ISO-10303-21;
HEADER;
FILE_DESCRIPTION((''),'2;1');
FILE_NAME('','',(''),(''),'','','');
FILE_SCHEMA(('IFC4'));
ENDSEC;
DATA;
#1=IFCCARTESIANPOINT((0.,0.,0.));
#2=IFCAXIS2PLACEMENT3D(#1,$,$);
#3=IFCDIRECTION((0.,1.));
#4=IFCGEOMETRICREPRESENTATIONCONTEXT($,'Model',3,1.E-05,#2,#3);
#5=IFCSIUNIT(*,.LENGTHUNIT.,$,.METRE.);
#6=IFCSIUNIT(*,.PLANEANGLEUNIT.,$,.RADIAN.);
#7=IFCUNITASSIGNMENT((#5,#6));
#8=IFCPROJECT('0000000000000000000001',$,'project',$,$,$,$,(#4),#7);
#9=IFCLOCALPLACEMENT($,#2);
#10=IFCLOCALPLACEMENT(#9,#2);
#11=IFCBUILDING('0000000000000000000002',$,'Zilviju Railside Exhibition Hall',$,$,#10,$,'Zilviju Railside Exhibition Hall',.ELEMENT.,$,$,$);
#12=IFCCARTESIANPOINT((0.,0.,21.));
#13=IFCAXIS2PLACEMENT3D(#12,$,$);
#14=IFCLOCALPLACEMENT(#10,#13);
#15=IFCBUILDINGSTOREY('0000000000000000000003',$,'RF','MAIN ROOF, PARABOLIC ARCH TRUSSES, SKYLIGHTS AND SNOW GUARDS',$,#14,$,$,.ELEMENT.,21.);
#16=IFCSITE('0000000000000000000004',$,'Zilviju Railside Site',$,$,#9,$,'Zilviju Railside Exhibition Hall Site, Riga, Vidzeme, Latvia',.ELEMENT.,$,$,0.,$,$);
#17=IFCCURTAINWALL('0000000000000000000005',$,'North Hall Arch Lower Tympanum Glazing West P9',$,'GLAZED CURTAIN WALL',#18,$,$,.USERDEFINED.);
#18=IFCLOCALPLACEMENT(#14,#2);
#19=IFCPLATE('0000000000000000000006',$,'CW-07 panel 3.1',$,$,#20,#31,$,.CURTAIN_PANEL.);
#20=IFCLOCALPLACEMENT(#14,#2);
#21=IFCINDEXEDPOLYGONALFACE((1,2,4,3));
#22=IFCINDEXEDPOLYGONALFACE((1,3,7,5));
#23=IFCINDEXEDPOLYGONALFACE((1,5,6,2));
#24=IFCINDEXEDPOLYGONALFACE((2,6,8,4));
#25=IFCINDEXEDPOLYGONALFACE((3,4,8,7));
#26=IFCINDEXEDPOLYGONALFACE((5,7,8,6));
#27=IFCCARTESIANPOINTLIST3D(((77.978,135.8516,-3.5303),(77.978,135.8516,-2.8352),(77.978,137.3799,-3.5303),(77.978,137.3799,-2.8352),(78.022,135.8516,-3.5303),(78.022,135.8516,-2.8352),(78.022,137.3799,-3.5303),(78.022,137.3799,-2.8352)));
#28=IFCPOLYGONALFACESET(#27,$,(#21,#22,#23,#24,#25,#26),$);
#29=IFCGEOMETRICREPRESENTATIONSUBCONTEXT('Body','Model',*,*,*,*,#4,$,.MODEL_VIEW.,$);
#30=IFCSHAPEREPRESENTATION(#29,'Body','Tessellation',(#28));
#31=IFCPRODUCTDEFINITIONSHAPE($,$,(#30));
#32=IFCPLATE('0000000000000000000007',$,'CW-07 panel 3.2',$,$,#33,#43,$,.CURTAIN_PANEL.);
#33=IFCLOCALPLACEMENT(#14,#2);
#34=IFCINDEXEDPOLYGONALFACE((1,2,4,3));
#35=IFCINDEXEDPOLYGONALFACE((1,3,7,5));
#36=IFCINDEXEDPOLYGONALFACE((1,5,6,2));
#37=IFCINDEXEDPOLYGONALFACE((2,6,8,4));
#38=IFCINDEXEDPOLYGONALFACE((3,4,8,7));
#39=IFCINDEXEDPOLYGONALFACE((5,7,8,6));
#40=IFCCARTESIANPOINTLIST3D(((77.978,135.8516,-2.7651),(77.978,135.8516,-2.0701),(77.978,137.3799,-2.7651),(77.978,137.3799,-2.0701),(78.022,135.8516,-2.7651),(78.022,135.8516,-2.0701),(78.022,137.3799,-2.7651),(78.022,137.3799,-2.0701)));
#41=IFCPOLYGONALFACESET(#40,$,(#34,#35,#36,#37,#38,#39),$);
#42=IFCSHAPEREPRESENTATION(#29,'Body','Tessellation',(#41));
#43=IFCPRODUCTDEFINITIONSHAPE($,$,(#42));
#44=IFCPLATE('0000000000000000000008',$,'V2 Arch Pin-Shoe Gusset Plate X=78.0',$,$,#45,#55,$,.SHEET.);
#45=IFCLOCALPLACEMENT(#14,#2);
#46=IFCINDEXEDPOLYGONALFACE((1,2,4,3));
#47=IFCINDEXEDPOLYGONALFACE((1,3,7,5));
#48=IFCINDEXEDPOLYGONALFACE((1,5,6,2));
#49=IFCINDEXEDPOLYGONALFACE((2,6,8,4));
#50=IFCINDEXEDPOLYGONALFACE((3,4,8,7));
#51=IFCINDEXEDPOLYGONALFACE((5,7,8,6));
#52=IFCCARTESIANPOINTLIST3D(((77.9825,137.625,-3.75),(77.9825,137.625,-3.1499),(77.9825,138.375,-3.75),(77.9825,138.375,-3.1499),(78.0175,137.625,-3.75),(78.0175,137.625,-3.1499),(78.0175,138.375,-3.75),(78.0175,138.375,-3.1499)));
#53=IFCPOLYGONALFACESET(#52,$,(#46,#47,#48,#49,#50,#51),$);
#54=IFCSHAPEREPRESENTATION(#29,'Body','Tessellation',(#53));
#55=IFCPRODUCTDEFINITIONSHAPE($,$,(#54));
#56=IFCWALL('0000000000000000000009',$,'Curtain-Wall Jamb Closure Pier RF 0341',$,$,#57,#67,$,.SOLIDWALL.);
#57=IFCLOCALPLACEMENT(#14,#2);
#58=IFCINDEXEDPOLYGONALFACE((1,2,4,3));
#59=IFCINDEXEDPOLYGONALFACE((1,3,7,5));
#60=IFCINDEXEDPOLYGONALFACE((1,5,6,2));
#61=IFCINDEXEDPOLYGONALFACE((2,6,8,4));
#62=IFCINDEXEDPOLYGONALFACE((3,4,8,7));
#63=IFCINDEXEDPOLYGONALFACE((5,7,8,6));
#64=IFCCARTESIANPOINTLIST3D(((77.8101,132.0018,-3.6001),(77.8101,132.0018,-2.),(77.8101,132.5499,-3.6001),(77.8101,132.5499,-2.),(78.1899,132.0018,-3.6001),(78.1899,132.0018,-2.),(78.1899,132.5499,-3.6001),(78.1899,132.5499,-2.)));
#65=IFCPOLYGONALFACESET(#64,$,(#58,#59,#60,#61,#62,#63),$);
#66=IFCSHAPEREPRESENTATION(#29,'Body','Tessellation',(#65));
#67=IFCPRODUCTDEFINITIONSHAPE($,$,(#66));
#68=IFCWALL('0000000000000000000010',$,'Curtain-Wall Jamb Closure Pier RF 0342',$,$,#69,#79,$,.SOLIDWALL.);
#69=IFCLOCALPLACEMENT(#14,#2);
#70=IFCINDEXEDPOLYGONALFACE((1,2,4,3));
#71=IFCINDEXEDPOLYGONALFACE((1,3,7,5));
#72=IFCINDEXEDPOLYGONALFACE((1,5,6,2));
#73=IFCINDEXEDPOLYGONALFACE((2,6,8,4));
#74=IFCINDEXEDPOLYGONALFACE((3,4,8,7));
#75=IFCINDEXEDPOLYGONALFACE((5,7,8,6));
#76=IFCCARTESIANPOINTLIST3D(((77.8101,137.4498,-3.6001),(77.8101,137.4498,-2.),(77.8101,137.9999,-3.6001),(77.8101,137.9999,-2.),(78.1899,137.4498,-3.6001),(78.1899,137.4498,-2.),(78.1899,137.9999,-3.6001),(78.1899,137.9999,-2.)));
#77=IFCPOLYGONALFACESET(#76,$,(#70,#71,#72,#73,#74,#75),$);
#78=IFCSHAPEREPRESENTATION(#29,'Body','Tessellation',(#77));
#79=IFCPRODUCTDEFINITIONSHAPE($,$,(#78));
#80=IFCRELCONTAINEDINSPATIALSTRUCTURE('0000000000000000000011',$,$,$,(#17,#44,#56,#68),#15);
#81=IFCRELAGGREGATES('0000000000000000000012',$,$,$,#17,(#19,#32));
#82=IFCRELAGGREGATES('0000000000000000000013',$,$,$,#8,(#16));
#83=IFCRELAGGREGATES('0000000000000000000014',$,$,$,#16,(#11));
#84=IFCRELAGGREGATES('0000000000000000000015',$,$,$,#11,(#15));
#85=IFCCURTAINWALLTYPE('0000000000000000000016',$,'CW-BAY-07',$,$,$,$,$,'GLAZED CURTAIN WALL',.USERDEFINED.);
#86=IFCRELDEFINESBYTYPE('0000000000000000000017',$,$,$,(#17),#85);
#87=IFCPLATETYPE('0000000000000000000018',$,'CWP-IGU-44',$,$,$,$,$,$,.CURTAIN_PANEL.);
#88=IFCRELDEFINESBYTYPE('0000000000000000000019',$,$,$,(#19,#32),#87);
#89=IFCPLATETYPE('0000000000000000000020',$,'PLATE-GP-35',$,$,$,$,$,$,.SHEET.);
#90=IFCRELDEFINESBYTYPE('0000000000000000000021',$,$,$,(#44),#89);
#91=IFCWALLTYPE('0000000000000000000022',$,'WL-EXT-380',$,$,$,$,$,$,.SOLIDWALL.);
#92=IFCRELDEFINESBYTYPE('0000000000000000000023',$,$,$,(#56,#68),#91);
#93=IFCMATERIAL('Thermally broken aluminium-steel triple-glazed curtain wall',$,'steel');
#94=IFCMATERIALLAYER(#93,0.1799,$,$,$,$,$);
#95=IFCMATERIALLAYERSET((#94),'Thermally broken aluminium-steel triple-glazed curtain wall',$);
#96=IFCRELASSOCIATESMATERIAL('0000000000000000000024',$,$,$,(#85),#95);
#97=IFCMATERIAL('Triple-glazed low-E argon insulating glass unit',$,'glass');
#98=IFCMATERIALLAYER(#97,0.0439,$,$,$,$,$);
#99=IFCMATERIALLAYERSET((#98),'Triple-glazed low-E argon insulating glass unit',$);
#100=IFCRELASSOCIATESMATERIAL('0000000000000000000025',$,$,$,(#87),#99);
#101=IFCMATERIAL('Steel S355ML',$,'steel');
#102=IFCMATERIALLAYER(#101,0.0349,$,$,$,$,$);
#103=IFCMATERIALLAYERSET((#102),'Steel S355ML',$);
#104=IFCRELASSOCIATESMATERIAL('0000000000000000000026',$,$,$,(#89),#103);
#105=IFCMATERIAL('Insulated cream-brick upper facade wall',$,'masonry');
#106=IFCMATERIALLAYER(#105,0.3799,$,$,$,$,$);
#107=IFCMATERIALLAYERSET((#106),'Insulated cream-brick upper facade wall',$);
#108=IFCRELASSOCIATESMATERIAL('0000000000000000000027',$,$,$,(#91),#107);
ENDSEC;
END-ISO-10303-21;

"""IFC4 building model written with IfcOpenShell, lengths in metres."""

from ifc_helpers import new_model, si_unit, direction, frame, frame_2d, origin, origin_2d, place, context, subcontext, project, spatial, rectangle, extrude, material, layer, layer_set, type_object, element, aggregate, save


model = new_model("IFC4")

# Units and contexts
model_context = context("Model", 3, precision=1e-05, world=origin(), true_north=direction((0.0, 1.0)))
body_context = subcontext(model_context, "Body", "Model", "MODEL_VIEW")
ifc_project = project(units=[si_unit("LENGTHUNIT", "METRE"), si_unit("PLANEANGLEUNIT", "RADIAN")], contexts=[model_context])

# Site, building, storey
site_placement = place(None, origin())
site = spatial("IfcSite", under=ifc_project, at=site_placement, Name="Zilviju Railside Site", LongName="Zilviju Railside Exhibition Hall Site, Riga, Vidzeme, Latvia", CompositionType="ELEMENT", RefElevation=0.0)
building_placement = place(site_placement, origin())
building = spatial("IfcBuilding", under=site, at=building_placement, Name="Zilviju Railside Exhibition Hall", LongName="Zilviju Railside Exhibition Hall", CompositionType="ELEMENT")
storey_placement = place(building_placement, frame((0.0, 0.0, 21.0)))
storey = spatial("IfcBuildingStorey", under=building, at=storey_placement, Name="RF", Description="MAIN ROOF, PARABOLIC ARCH TRUSSES, SKYLIGHTS AND SNOW GUARDS", CompositionType="ELEMENT", Elevation=21.0)

# Curtain wall
ifc_material_1 = material(Name="Thermally broken aluminium-steel triple-glazed curtain wall", Category="steel")
ifc_layer_1 = layer(ifc_material_1, 0.1799)
ifc_layer_set_1 = layer_set([ifc_layer_1], Name="Thermally broken aluminium-steel triple-glazed curtain wall")
curtain_wall_type = type_object("IfcCurtainWallType", Name="CW-BAY-07", ElementType="GLAZED CURTAIN WALL", PredefinedType="USERDEFINED", material=ifc_layer_set_1)
curtain_wall_placement = place(storey_placement, origin())
curtain_wall = element("IfcCurtainWall", 1, at=curtain_wall_placement, inside=storey, type_object=curtain_wall_type, Name="North Hall Arch Lower Tympanum Glazing West P9", ObjectType="GLAZED CURTAIN WALL", PredefinedType="USERDEFINED")

# Shared definitions
ifc_material_2 = material(Name="Steel S355ML", Category="steel")

# Plates
ifc_material_3 = material(Name="Triple-glazed low-E argon insulating glass unit", Category="glass")
ifc_layer_2 = layer(ifc_material_3, 0.0439)
ifc_layer_set_2 = layer_set([ifc_layer_2], Name="Triple-glazed low-E argon insulating glass unit")
plate_type_1 = type_object("IfcPlateType", Name="CWP-IGU-44", PredefinedType="CURTAIN_PANEL", material=ifc_layer_set_2)
plate_1_placement = place(storey_placement, frame((78.0, 136.6157, -3.5303), z_axis=(0.0, 0.0, 1.0), x_axis=(0.0, 1.0, 0.0)))
plate_1 = element("IfcPlate", 2, at=plate_1_placement, type_object=plate_type_1, Name="CW-07 panel 3.1", PredefinedType="CURTAIN_PANEL", context=body_context, shape_type="SweptSolid", body=[
    extrude(rectangle(XDim=1.5283, YDim=0.0439, at=origin_2d()), origin(), (0.0, 0.0, 1.0), 0.6951),
])
plate_2_placement = place(storey_placement, frame((78.0, 136.6157, -2.7651), z_axis=(0.0, 0.0, 1.0), x_axis=(0.0, 1.0, 0.0)))
plate_2 = element("IfcPlate", 3, at=plate_2_placement, type_object=plate_type_1, Name="CW-07 panel 3.2", PredefinedType="CURTAIN_PANEL", context=body_context, shape_type="SweptSolid", body=[
    extrude(rectangle(XDim=1.5283, YDim=0.0439, at=origin_2d()), origin(), (0.0, 0.0, 1.0), 0.6951),
])
aggregate(curtain_wall, [plate_1, plate_2])
ifc_layer_3 = layer(ifc_material_2, 0.0349)
ifc_layer_set_3 = layer_set([ifc_layer_3], Name="Steel S355ML")
plate_type_2 = type_object("IfcPlateType", Name="PLATE-GP-35", PredefinedType="SHEET", material=ifc_layer_set_3)
plate_3_placement = place(storey_placement, frame((78.0, 138.0, -3.75), z_axis=(0.0, 0.0, 1.0), x_axis=(1.0, 0.0, 0.0)))
element("IfcPlate", 4, at=plate_3_placement, inside=storey, type_object=plate_type_2, Name="V2 Arch Pin-Shoe Gusset Plate X=78.0", PredefinedType="SHEET", context=body_context, shape_type="SweptSolid", body=[
    extrude(rectangle(XDim=0.0349, YDim=0.75, at=origin_2d()), origin(), (0.0, 0.0, 1.0), 0.6001),
])

# Walls
ifc_material_4 = material(Name="Insulated cream-brick upper facade wall", Category="masonry")
ifc_layer_4 = layer(ifc_material_4, 0.3799)
ifc_layer_set_4 = layer_set([ifc_layer_4], Name="Insulated cream-brick upper facade wall")
wall_type = type_object("IfcWallType", Name="WL-EXT-380", PredefinedType="SOLIDWALL", material=ifc_layer_set_4)
wall_1_placement = place(storey_placement, frame((78.0, 132.002, -3.6001), z_axis=(0.0, 0.0, 1.0), x_axis=(0.0, 1.0, 0.0)))
element("IfcWall", 5, at=wall_1_placement, inside=storey, type_object=wall_type, Name="Curtain-Wall Jamb Closure Pier RF 0341", PredefinedType="SOLIDWALL", context=body_context, shape_type="SweptSolid", body=[
    extrude(rectangle(XDim=0.5481, YDim=0.3799, at=frame_2d((0.2739, 0.0))), origin(), (0.0, 0.0, 1.0), 1.6001),
])
wall_2_placement = place(storey_placement, frame((78.0, 137.45, -3.6001), z_axis=(0.0, 0.0, 1.0), x_axis=(0.0, 1.0, 0.0)))
element("IfcWall", 6, at=wall_2_placement, inside=storey, type_object=wall_type, Name="Curtain-Wall Jamb Closure Pier RF 0342", PredefinedType="SOLIDWALL", context=body_context, shape_type="SweptSolid", body=[
    extrude(rectangle(XDim=0.55, YDim=0.3799, at=frame_2d((0.2749, 0.0))), origin(), (0.0, 0.0, 1.0), 1.6001),
])

save(model, "model.ifc")
